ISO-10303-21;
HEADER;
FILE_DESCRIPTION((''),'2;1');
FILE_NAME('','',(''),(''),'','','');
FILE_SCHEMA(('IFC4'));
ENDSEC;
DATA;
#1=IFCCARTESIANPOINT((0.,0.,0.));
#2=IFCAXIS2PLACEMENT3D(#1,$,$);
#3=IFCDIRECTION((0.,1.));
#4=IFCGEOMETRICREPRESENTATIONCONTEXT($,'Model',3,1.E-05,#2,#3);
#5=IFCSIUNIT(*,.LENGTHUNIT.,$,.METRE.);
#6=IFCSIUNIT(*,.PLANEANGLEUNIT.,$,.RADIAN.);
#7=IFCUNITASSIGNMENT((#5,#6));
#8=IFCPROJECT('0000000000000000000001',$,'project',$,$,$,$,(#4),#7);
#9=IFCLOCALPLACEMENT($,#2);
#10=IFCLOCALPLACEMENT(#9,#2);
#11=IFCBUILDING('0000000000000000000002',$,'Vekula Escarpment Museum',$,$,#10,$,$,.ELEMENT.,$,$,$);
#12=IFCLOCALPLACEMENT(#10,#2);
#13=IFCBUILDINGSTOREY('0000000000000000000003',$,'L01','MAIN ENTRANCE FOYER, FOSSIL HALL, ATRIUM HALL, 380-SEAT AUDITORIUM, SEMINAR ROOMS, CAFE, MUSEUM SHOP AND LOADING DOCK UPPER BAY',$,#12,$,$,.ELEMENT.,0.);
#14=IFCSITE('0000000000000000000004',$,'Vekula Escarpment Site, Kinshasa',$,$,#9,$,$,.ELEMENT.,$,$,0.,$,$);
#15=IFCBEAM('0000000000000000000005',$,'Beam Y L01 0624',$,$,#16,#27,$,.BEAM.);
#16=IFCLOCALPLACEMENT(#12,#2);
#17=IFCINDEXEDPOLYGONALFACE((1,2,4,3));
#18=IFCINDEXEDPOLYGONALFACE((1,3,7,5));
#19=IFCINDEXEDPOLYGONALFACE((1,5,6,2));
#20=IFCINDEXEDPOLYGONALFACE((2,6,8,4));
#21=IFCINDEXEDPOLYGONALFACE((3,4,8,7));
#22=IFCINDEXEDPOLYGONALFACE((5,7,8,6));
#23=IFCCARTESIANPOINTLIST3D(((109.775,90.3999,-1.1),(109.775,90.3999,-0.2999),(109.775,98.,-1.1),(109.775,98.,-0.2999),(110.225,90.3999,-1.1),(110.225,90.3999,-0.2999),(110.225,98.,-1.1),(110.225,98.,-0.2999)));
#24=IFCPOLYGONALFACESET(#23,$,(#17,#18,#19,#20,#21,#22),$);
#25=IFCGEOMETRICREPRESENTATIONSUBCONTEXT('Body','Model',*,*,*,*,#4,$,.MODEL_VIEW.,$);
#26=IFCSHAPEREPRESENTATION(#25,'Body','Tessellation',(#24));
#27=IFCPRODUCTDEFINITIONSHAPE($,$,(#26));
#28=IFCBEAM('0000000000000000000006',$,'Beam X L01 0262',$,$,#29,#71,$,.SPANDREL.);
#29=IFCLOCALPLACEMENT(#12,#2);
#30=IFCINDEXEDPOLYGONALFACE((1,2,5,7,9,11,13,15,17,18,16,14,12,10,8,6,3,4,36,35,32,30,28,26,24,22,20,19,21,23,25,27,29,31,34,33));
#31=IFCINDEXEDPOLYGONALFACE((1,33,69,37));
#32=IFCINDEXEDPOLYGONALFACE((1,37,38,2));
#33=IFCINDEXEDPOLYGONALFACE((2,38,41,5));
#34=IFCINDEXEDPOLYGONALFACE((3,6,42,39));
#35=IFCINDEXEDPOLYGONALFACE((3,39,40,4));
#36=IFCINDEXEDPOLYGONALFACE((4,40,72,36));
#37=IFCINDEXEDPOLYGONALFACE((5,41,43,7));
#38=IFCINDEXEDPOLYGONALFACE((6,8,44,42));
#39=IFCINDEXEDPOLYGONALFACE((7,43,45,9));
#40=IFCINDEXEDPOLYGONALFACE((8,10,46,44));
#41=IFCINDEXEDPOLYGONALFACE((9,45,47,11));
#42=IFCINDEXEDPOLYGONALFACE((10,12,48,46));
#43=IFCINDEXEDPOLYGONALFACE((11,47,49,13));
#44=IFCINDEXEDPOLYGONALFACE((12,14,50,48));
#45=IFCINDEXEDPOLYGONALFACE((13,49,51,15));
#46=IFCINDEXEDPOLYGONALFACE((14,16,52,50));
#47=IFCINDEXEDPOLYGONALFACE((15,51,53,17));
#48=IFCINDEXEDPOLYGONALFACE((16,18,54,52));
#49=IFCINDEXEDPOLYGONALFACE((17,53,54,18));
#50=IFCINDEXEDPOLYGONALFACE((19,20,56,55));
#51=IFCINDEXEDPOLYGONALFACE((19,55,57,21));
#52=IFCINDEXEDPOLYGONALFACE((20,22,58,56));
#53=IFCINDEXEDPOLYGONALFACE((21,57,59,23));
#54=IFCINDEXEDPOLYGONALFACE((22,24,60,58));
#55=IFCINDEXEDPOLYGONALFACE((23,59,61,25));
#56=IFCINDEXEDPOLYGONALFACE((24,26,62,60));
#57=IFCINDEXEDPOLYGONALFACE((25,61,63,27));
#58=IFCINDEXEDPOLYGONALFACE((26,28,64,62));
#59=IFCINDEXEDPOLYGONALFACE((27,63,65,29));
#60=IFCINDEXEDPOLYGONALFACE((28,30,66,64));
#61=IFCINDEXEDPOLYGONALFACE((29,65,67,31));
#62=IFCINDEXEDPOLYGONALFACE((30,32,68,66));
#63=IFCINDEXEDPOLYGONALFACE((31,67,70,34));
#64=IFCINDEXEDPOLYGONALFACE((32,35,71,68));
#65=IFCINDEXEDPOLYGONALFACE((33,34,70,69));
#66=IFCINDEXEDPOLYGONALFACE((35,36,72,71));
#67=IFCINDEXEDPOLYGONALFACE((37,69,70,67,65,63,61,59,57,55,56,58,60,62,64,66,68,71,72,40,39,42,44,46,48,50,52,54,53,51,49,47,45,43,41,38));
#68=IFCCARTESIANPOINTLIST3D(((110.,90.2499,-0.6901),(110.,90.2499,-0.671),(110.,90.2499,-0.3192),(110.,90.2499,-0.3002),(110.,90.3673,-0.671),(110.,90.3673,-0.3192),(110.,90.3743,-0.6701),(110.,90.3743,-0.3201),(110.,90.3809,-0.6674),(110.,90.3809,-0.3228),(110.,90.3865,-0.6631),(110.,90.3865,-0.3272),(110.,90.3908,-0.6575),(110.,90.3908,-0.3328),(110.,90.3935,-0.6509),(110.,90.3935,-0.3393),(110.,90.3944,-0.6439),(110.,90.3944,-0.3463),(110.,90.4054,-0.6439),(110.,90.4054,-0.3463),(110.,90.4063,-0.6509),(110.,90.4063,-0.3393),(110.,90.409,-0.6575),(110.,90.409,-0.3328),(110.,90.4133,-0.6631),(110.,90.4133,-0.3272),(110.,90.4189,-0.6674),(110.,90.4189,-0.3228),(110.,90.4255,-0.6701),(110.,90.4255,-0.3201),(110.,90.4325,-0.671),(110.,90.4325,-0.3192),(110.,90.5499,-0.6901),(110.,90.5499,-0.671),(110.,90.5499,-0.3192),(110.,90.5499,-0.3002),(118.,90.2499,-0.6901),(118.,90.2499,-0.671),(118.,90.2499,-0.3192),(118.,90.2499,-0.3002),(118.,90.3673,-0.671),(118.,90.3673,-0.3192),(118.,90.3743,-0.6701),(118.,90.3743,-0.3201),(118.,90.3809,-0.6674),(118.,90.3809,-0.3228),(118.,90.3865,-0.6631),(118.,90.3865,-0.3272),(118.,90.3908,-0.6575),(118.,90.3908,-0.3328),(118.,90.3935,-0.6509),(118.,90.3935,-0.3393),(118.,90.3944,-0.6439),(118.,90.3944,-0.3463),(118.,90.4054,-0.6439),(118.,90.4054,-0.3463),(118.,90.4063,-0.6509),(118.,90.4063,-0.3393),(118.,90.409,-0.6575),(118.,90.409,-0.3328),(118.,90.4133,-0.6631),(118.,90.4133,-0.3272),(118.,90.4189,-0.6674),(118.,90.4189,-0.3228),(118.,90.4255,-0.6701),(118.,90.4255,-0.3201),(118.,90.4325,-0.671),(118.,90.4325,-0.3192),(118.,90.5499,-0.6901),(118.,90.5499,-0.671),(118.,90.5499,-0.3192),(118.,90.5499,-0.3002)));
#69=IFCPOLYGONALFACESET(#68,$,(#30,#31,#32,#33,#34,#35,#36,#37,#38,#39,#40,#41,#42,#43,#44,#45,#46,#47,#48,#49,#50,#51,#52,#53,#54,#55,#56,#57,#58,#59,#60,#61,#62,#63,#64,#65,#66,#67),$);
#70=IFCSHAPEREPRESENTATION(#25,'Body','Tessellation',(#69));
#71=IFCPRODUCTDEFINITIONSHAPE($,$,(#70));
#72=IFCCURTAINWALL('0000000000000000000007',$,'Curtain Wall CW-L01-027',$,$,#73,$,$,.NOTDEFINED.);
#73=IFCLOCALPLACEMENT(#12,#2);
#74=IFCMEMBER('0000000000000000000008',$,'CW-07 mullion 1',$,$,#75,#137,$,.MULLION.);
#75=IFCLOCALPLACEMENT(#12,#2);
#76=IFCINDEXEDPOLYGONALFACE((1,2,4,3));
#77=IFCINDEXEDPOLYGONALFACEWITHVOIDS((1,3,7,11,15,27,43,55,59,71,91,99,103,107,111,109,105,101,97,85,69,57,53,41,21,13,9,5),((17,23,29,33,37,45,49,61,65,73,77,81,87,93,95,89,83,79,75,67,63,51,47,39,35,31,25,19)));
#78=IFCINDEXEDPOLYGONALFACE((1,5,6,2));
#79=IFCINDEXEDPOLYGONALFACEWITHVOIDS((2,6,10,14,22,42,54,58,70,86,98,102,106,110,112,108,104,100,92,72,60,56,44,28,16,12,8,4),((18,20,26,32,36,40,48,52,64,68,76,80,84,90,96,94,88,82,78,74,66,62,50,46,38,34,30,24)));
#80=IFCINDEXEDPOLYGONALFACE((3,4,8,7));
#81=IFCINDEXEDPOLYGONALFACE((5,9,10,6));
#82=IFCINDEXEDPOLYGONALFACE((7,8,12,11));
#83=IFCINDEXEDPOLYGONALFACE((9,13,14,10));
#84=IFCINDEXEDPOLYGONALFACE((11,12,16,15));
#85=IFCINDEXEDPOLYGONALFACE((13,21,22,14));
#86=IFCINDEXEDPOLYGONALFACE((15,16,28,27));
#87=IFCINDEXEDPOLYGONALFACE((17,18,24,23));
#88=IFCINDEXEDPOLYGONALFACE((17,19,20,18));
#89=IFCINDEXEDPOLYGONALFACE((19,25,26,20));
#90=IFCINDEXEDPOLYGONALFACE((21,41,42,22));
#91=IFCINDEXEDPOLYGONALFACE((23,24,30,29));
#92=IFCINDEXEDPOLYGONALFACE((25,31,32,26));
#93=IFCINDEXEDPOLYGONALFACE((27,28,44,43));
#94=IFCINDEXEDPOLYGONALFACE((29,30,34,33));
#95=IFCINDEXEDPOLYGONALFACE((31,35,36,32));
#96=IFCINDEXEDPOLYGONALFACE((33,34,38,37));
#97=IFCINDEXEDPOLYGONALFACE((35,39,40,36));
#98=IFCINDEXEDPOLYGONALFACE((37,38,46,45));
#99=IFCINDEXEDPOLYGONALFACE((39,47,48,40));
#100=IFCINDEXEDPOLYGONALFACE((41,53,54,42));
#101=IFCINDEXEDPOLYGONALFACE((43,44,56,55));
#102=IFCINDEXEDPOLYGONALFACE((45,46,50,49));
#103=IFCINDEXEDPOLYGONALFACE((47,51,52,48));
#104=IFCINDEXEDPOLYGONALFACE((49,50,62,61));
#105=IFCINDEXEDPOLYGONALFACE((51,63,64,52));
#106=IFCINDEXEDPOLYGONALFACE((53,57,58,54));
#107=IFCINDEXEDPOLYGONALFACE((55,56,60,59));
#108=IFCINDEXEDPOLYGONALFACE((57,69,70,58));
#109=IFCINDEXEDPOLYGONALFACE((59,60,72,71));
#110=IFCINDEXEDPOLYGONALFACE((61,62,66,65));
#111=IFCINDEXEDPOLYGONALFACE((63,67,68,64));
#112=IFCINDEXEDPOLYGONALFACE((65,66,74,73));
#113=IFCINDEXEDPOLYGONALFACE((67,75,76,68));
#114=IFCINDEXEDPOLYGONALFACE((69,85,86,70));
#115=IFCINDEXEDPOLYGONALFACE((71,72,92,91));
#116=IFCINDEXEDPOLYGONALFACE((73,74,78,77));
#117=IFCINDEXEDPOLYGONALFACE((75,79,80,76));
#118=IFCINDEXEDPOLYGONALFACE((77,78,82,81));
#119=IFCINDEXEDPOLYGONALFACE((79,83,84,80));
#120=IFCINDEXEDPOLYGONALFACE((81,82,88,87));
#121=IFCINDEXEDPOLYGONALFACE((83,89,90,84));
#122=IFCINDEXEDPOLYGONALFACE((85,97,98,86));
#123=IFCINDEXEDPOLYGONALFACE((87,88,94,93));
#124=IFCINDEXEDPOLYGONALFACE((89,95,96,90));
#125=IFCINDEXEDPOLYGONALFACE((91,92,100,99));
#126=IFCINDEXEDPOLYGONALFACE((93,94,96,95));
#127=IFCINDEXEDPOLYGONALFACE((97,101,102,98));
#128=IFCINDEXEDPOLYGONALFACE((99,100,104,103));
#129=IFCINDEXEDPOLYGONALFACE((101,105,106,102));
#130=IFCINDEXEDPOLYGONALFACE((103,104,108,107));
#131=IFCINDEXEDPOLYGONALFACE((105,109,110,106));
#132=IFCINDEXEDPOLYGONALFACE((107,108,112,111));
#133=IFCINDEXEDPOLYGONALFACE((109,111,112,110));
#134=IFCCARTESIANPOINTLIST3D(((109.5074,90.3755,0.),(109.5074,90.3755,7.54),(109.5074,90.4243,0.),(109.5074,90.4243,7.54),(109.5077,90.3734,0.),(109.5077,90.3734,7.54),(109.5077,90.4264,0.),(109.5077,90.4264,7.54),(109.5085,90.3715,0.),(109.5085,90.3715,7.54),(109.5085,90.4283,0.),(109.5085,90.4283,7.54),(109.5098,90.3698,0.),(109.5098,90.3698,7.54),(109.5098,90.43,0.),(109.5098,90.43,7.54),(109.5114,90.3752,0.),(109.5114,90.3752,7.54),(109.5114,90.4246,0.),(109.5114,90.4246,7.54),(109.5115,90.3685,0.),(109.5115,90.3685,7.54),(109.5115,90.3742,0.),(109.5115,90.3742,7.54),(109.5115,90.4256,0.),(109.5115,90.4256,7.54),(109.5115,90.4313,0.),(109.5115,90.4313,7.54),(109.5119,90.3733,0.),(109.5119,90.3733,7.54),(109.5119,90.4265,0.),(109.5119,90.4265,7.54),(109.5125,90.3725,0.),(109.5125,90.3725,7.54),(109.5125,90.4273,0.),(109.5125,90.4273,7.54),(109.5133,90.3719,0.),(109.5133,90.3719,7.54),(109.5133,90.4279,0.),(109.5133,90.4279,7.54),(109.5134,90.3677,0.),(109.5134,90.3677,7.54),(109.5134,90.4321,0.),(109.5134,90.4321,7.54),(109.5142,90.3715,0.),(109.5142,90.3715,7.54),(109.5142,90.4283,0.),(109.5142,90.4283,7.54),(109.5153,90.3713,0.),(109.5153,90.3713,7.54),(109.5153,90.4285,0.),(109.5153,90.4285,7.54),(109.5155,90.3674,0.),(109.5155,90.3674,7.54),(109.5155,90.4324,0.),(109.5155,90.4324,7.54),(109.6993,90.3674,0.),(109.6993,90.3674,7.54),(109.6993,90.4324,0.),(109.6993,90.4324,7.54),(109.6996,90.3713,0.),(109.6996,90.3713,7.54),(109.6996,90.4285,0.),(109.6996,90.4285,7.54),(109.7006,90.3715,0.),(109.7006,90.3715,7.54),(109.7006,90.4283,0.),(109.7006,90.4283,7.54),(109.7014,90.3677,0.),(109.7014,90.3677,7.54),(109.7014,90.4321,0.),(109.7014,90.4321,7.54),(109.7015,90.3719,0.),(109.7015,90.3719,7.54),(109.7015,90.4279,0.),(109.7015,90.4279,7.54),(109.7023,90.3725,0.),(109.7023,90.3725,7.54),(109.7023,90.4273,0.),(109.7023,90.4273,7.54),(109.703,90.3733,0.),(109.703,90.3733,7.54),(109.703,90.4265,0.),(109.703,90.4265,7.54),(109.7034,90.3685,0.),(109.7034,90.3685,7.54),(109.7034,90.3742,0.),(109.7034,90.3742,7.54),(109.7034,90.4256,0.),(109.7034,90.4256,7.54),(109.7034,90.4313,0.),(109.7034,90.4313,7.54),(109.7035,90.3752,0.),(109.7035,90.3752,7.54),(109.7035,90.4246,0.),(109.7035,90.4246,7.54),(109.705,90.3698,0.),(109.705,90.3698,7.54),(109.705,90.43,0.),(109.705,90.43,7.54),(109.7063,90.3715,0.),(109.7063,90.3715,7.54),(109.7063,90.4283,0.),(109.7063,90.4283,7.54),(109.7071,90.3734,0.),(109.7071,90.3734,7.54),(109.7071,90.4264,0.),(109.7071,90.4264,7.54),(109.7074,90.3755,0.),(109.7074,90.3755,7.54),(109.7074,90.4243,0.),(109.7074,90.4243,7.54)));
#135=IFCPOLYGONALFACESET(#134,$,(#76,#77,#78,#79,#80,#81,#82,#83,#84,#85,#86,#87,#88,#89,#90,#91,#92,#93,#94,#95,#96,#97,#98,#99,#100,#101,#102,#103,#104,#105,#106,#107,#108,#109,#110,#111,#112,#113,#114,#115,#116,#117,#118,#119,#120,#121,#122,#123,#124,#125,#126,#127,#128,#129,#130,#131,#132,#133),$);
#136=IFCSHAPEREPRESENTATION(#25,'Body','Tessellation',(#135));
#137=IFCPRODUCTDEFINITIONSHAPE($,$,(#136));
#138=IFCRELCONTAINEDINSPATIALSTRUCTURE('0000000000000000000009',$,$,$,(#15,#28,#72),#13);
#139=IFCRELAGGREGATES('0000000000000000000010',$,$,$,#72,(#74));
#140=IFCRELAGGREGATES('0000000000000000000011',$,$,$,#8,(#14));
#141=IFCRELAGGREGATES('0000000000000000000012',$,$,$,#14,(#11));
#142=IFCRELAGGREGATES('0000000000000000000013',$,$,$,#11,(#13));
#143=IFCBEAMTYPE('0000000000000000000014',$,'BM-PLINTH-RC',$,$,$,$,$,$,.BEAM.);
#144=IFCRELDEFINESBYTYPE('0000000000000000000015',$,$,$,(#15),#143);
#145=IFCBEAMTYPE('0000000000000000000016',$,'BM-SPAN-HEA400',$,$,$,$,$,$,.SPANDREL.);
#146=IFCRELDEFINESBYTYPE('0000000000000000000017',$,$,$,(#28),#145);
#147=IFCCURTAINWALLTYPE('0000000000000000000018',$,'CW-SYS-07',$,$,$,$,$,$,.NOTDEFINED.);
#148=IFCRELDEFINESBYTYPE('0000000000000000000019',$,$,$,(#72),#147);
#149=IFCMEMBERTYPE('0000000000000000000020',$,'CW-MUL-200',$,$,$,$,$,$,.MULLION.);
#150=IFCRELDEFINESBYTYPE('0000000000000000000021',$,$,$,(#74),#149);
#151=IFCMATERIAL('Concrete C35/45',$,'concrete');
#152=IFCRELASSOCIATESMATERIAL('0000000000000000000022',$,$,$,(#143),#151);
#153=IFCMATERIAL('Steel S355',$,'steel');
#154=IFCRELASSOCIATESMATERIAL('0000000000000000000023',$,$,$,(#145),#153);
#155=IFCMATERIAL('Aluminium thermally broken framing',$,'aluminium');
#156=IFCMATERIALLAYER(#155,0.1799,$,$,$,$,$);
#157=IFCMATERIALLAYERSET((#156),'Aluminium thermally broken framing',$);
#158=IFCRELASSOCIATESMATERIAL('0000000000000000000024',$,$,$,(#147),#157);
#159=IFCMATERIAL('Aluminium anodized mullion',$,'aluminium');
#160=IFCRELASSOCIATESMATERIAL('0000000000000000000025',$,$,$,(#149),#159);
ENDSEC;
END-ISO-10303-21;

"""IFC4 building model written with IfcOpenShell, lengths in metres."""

from ifc_helpers import new_model, si_unit, direction, frame, origin, origin_2d, place, context, subcontext, project, spatial, rectangle, hollow_rectangle, i_section, extrude, material, layer, layer_set, material_profile, profile_set, type_object, element, aggregate, save


model = new_model("IFC4")

# Units and contexts
model_context = context("Model", 3, precision=1e-05, world=origin(), true_north=direction((0.0, 1.0)))
body_context = subcontext(model_context, "Body", "Model", "MODEL_VIEW")
ifc_project = project(units=[si_unit("LENGTHUNIT", "METRE"), si_unit("PLANEANGLEUNIT", "RADIAN")], contexts=[model_context])

# Site, building, storey
site_placement = place(None, origin())
site = spatial("IfcSite", under=ifc_project, at=site_placement, Name="Vekula Escarpment Site, Kinshasa", CompositionType="ELEMENT", RefElevation=0.0)
building_placement = place(site_placement, origin())
building = spatial("IfcBuilding", under=site, at=building_placement, Name="Vekula Escarpment Museum", CompositionType="ELEMENT")
storey_placement = place(building_placement, origin())
storey = spatial("IfcBuildingStorey", under=building, at=storey_placement, Name="L01", Description="MAIN ENTRANCE FOYER, FOSSIL HALL, ATRIUM HALL, 380-SEAT AUDITORIUM, SEMINAR ROOMS, CAFE, MUSEUM SHOP AND LOADING DOCK UPPER BAY", CompositionType="ELEMENT", Elevation=0.0)

# Beams
ifc_material_1 = material(Name="Concrete C35/45", Category="concrete")
ifc_material_profile_1 = material_profile(ifc_material_1, rectangle(XDim=0.45, YDim=0.8, at=origin_2d()), Name="RC 450x800")
ifc_profile_set_1 = profile_set([ifc_material_profile_1], Name="Concrete C35/45")
beam_type_1 = type_object("IfcBeamType", Name="BM-PLINTH-RC", PredefinedType="BEAM", material=ifc_profile_set_1)
beam_1_placement = place(storey_placement, frame((110.0, 90.3999, -0.7), z_axis=(0.0, 1.0, 0.0), x_axis=(-1.0, 0.0, 0.0)))
element("IfcBeam", 1, at=beam_1_placement, inside=storey, type_object=beam_type_1, Name="Beam Y L01 0624", PredefinedType="BEAM", context=body_context, shape_type="SweptSolid", body=[
    extrude(rectangle(XDim=0.45, YDim=0.8, at=origin_2d()), origin(), (0.0, 0.0, 1.0), 7.6001),
])
ifc_material_2 = material(Name="Steel S355", Category="steel")
ifc_material_profile_2 = material_profile(ifc_material_2, i_section(OverallWidth=0.3, OverallDepth=0.3899, WebThickness=0.011, FlangeThickness=0.019, FilletRadius=0.0271, at=origin_2d()), Name="HEA 400")
ifc_profile_set_2 = profile_set([ifc_material_profile_2], Name="Steel S355")
beam_type_2 = type_object("IfcBeamType", Name="BM-SPAN-HEA400", PredefinedType="SPANDREL", material=ifc_profile_set_2)
beam_2_placement = place(storey_placement, frame((110.0, 90.3999, -0.4951), z_axis=(1.0, 0.0, 0.0), x_axis=(0.0, 1.0, 0.0)))
element("IfcBeam", 2, at=beam_2_placement, inside=storey, type_object=beam_type_2, Name="Beam X L01 0262", PredefinedType="SPANDREL", context=body_context, shape_type="SweptSolid", body=[
    extrude(i_section(OverallWidth=0.3, OverallDepth=0.3899, WebThickness=0.011, FlangeThickness=0.019, FilletRadius=0.0271, at=origin_2d()), origin(), (0.0, 0.0, 1.0), 8.0),
])

# Curtain wall, member
ifc_material_3 = material(Name="Aluminium thermally broken framing", Category="aluminium")
ifc_layer_1 = layer(ifc_material_3, 0.1799)
ifc_layer_set_1 = layer_set([ifc_layer_1], Name="Aluminium thermally broken framing")
curtain_wall_type_1 = type_object("IfcCurtainWallType", Name="CW-SYS-07", PredefinedType="NOTDEFINED", material=ifc_layer_set_1)
curtain_wall_1_placement = place(storey_placement, origin())
curtain_wall_1 = element("IfcCurtainWall", 3, at=curtain_wall_1_placement, inside=storey, type_object=curtain_wall_type_1, Name="Curtain Wall CW-L01-027", PredefinedType="NOTDEFINED")
ifc_material_4 = material(Name="Aluminium anodized mullion", Category="aluminium")
ifc_material_profile_3 = material_profile(ifc_material_4, hollow_rectangle(XDim=0.0649, YDim=0.2, WallThickness=0.0039, InnerFilletRadius=0.0039, OuterFilletRadius=0.0081, at=origin_2d()), Name="ALU 200x65x4")
ifc_profile_set_3 = profile_set([ifc_material_profile_3], Name="Aluminium anodized mullion")
member_type_1 = type_object("IfcMemberType", Name="CW-MUL-200", PredefinedType="MULLION", material=ifc_profile_set_3)
member_1_placement = place(storey_placement, frame((109.6074, 90.3999, 0.0), z_axis=(0.0, 0.0, 1.0), x_axis=(0.0, -1.0, 0.0)))
member_1 = element("IfcMember", 4, at=member_1_placement, type_object=member_type_1, Name="CW-07 mullion 1", PredefinedType="MULLION", context=body_context, shape_type="SweptSolid", body=[
    extrude(hollow_rectangle(XDim=0.0649, YDim=0.2, WallThickness=0.0039, InnerFilletRadius=0.0039, OuterFilletRadius=0.0081, at=origin_2d()), origin(), (0.0, 0.0, 1.0), 7.54),
])

aggregate(curtain_wall_1, [member_1])

save(model, "model.ifc")
